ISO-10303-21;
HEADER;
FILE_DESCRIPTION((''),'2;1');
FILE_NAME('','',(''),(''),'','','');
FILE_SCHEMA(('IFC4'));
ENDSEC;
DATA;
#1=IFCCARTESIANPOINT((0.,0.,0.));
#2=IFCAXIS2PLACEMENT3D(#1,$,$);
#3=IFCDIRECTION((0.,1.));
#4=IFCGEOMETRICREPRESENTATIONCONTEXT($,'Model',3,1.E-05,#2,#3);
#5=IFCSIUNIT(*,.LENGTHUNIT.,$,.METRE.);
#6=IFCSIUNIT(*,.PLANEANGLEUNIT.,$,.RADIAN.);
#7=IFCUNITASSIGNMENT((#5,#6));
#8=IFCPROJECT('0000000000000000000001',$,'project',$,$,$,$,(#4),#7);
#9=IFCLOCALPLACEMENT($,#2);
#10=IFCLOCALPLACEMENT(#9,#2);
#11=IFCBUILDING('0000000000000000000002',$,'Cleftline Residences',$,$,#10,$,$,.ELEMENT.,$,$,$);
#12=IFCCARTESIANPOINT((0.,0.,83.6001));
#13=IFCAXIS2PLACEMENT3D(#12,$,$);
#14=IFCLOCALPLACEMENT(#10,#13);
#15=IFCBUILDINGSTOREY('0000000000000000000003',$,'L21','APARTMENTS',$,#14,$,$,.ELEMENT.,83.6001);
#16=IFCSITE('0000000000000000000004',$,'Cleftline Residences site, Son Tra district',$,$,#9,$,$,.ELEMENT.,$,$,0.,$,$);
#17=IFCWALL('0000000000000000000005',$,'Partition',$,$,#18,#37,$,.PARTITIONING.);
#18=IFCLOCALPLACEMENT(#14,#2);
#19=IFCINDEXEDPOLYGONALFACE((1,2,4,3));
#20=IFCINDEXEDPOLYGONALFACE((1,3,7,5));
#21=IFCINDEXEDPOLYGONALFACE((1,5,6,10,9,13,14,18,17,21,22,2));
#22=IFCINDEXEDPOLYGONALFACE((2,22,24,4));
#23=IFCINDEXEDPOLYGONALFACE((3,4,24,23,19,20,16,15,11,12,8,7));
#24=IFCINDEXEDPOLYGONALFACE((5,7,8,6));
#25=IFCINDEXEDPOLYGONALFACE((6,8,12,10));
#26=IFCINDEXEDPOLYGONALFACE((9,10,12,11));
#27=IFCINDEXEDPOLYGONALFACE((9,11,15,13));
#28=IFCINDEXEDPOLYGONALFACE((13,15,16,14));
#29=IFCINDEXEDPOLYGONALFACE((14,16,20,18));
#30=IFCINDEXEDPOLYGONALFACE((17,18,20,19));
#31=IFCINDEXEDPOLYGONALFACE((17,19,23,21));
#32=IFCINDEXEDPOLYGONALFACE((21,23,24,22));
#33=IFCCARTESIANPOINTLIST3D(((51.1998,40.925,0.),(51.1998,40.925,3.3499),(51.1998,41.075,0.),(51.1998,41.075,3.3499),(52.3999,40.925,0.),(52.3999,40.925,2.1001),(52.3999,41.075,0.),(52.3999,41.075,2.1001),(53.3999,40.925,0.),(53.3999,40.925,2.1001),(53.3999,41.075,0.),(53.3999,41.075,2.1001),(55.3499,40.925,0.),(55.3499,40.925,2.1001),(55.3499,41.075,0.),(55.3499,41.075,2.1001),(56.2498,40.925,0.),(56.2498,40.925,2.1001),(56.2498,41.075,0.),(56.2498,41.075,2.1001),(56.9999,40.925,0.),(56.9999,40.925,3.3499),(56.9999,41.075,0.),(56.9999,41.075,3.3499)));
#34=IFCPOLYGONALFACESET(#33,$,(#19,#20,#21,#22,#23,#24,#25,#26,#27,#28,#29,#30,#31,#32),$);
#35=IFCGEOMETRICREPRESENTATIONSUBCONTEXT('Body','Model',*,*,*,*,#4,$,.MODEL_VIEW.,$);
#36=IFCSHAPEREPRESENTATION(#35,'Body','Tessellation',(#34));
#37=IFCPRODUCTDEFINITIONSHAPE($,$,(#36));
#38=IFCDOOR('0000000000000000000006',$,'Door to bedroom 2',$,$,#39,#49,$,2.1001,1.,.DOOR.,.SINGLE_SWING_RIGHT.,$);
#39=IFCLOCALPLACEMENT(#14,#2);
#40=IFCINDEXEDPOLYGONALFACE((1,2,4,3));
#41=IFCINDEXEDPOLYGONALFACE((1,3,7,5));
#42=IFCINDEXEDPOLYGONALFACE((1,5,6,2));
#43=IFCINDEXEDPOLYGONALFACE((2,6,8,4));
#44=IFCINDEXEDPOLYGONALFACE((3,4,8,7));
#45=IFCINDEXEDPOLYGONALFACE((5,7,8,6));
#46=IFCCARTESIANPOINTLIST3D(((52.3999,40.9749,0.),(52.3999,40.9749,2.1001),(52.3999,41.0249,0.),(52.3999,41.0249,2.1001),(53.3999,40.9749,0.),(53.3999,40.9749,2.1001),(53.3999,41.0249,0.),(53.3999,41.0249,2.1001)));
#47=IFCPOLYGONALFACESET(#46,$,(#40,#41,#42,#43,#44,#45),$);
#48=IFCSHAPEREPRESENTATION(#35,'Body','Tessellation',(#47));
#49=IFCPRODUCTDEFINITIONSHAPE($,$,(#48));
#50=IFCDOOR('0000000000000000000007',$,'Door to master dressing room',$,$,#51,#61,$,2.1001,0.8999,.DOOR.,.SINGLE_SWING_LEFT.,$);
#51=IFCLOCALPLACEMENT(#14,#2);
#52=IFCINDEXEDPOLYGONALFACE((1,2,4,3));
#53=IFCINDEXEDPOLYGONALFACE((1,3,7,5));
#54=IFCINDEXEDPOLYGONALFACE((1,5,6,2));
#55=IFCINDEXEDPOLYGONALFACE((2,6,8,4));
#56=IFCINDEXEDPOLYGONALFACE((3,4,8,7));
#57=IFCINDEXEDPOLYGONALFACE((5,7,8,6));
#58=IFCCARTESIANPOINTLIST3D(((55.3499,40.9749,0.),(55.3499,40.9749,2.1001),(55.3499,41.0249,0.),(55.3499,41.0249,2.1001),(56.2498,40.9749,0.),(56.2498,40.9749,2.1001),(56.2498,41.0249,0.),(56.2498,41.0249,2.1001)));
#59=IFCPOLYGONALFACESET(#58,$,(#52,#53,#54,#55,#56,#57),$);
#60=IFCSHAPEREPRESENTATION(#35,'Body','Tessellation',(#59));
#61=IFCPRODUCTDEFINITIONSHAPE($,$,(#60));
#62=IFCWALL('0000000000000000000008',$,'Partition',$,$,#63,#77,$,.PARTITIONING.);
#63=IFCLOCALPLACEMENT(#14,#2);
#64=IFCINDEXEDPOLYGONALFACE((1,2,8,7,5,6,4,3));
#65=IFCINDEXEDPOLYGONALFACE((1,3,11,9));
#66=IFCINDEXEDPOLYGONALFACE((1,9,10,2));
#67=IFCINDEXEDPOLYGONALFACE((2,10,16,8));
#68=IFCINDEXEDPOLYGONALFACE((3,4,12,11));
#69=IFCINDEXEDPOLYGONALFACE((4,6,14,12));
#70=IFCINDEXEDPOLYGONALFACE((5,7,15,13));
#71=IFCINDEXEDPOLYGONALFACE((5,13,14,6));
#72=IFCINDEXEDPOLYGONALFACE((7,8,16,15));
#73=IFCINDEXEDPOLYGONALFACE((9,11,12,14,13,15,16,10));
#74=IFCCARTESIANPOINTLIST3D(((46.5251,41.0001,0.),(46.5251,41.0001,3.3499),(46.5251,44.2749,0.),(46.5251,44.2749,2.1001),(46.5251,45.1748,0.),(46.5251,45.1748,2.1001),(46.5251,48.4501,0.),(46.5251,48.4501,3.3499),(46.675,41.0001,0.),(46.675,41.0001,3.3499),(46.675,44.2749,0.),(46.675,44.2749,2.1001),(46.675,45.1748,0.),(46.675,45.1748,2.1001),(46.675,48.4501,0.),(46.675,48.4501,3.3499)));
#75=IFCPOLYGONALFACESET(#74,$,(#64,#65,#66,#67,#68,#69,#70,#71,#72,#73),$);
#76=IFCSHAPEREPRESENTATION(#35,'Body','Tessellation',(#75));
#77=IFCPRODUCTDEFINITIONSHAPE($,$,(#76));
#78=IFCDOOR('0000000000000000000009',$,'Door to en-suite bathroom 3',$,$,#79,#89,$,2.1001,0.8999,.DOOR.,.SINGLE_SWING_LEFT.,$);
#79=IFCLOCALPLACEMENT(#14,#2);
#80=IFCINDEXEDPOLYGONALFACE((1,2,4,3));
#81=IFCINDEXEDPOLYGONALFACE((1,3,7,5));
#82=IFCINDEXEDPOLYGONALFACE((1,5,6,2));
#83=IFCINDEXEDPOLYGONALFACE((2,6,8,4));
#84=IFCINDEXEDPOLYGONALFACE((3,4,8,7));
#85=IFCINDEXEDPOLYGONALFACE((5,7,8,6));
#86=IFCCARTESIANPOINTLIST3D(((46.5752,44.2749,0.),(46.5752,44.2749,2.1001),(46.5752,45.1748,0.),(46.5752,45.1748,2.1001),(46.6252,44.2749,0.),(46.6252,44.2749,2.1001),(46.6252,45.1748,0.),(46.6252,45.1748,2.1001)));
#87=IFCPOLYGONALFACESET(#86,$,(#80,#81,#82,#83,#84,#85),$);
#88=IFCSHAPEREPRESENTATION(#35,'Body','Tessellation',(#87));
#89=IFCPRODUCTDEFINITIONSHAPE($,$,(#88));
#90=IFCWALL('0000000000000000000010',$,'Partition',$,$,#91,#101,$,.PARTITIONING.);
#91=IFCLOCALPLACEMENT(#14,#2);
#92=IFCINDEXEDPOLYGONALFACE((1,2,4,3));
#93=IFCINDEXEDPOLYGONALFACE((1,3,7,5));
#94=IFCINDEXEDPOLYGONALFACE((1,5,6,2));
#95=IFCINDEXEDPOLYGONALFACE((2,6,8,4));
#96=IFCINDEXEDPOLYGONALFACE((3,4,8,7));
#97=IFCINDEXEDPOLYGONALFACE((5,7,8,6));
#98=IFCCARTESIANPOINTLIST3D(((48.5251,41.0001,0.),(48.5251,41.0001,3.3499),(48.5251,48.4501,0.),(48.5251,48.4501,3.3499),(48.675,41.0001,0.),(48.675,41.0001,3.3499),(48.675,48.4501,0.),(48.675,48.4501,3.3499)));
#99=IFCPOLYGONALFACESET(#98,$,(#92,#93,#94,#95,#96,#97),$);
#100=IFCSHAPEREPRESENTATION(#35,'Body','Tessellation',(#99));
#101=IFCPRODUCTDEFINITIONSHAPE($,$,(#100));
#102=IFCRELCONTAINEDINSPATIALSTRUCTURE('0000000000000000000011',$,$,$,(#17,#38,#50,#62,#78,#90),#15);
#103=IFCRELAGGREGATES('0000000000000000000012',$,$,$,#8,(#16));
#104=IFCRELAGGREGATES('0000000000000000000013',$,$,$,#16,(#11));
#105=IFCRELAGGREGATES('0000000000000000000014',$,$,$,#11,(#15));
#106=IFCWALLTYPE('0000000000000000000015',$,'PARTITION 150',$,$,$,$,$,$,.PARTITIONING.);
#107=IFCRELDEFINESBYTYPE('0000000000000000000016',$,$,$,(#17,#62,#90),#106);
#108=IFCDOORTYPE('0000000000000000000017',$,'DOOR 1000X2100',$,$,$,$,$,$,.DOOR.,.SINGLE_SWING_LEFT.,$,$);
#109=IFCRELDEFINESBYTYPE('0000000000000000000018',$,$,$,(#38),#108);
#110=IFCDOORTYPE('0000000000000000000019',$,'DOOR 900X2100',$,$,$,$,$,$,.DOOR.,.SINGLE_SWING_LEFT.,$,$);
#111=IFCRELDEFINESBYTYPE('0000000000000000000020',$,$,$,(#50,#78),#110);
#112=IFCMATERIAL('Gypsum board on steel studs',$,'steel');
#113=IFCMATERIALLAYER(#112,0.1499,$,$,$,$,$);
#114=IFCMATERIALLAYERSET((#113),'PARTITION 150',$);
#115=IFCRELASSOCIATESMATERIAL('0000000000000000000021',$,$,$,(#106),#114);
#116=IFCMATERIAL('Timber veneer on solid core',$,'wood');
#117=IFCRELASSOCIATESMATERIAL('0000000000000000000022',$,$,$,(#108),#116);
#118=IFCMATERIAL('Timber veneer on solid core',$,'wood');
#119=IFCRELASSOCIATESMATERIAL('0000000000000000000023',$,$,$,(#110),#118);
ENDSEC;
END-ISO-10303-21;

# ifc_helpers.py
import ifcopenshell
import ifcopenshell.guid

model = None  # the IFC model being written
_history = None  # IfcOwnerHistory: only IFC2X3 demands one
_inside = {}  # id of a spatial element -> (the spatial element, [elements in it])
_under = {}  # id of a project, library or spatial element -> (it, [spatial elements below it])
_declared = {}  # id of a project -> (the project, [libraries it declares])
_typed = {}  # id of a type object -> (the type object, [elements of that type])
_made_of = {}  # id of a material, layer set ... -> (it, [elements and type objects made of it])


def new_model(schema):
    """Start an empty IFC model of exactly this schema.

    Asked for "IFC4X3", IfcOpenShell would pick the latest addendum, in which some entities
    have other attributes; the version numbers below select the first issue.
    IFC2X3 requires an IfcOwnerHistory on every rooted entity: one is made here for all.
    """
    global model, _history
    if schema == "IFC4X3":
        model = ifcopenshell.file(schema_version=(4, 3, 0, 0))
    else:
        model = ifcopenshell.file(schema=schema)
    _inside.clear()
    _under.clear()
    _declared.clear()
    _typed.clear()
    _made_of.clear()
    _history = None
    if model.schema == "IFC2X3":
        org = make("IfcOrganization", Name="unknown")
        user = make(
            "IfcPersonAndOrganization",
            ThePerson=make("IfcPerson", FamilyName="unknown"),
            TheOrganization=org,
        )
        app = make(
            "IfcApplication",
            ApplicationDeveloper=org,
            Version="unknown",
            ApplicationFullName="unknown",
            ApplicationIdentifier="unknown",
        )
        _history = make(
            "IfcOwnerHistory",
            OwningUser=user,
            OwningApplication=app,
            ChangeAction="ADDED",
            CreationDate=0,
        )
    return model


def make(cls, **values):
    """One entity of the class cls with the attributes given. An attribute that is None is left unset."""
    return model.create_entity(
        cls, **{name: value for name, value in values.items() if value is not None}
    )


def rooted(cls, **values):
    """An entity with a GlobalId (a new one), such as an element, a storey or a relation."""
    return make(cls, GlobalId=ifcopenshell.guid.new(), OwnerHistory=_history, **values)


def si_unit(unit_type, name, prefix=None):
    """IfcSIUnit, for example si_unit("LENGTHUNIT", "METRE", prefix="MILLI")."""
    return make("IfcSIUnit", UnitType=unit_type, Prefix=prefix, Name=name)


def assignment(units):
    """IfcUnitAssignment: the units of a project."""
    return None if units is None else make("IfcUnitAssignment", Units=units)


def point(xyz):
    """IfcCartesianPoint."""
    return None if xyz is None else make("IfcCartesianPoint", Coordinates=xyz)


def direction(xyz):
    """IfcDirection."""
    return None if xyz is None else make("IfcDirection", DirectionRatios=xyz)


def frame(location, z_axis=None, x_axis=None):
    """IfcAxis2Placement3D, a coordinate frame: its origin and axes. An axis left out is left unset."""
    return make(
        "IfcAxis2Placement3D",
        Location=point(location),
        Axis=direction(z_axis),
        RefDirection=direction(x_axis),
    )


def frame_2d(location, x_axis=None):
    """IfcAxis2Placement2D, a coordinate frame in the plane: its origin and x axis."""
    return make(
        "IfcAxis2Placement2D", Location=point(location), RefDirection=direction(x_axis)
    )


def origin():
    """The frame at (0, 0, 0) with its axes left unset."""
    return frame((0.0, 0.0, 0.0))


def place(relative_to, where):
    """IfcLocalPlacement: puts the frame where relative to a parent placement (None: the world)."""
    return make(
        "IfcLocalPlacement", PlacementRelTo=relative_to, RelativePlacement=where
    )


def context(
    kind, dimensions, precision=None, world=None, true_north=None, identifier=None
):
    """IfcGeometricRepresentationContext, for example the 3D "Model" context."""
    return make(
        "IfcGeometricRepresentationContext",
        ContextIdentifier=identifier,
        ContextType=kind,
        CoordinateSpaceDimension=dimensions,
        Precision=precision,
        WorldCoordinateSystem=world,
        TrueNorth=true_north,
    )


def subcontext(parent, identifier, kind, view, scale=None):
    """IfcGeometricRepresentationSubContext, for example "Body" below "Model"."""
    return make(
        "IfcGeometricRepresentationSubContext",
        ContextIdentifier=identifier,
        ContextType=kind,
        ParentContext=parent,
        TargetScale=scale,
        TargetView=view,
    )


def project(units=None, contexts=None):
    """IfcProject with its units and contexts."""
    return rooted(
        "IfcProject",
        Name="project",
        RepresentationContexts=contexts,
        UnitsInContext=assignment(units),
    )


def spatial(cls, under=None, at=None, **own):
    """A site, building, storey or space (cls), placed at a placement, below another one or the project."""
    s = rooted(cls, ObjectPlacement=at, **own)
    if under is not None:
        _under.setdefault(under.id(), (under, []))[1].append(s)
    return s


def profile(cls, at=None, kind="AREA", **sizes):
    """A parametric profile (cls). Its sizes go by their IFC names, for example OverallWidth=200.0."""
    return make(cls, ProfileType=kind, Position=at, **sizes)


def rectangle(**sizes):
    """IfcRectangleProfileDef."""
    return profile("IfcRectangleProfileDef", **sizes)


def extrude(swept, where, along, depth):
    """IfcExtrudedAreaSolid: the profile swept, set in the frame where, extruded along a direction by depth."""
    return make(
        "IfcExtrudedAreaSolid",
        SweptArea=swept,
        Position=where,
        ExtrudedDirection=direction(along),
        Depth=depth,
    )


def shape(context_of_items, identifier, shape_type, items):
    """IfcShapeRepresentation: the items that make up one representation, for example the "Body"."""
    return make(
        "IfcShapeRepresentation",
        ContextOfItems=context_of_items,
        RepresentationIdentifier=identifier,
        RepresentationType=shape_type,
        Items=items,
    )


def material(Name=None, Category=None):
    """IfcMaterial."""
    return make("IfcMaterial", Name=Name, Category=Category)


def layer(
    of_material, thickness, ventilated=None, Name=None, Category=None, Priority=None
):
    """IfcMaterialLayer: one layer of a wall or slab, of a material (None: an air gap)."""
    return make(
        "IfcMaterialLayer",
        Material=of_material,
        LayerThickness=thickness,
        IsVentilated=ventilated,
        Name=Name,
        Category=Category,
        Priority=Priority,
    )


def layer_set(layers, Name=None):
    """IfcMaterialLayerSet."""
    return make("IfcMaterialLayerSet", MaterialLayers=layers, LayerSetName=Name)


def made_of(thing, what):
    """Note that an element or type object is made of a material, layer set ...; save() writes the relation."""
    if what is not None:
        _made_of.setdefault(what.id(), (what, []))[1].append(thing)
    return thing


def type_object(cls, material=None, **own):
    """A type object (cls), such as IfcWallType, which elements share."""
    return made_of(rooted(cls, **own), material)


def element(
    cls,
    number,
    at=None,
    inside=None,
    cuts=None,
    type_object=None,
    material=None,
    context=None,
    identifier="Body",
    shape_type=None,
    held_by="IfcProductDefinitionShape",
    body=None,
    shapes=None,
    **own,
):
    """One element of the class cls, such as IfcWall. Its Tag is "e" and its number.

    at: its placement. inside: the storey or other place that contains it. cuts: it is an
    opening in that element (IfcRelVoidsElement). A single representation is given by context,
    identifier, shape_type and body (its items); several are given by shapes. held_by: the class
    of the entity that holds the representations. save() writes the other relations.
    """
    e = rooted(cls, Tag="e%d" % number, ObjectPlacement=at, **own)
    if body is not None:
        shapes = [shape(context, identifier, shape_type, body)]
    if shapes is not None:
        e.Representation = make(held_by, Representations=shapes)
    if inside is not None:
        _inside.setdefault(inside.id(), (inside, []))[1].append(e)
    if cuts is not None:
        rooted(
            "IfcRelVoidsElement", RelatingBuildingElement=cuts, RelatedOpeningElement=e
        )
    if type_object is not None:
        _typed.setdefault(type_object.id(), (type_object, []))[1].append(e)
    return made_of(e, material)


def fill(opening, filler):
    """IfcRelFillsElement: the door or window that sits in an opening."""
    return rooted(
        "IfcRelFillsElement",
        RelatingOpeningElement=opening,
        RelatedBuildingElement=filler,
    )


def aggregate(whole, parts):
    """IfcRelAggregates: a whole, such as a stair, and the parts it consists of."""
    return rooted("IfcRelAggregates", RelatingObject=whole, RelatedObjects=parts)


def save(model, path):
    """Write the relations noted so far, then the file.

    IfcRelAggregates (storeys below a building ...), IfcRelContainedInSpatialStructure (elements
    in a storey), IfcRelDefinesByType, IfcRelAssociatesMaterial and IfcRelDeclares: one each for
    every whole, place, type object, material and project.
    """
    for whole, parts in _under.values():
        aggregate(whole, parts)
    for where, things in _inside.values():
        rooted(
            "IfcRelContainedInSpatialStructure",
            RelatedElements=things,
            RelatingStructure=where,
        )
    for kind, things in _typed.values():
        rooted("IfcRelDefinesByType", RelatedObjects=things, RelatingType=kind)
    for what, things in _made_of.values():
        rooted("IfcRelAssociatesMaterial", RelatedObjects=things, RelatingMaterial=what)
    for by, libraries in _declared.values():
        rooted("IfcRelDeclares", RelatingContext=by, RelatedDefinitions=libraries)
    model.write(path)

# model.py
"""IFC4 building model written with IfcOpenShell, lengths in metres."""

from ifc_helpers import new_model, si_unit, direction, frame, frame_2d, origin, place, context, subcontext, project, spatial, rectangle, extrude, material, layer, layer_set, type_object, element, fill, save


model = new_model("IFC4")

# Units and contexts
model_context = context("Model", 3, precision=1e-05, world=origin(), true_north=direction((0.0, 1.0)))
body_context = subcontext(model_context, "Body", "Model", "MODEL_VIEW")
ifc_project = project(units=[si_unit("LENGTHUNIT", "METRE"), si_unit("PLANEANGLEUNIT", "RADIAN")], contexts=[model_context])

# Site, building, storey
site_placement = place(None, origin())
site = spatial("IfcSite", under=ifc_project, at=site_placement, Name="Cleftline Residences site, Son Tra district", CompositionType="ELEMENT", RefElevation=0.0)
building_placement = place(site_placement, origin())
building = spatial("IfcBuilding", under=site, at=building_placement, Name="Cleftline Residences", CompositionType="ELEMENT")
storey_placement = place(building_placement, frame((0.0, 0.0, 83.6001)))
storey = spatial("IfcBuildingStorey", under=building, at=storey_placement, Name="L21", Description="APARTMENTS", CompositionType="ELEMENT", Elevation=83.6001)

# Shared definitions
ifc_material_1 = material(Name="Gypsum board on steel studs", Category="steel")
ifc_layer_1 = layer(ifc_material_1, 0.1499)
ifc_layer_set_1 = layer_set([ifc_layer_1], Name="PARTITION 150")
wall_type = type_object("IfcWallType", Name="PARTITION 150", PredefinedType="PARTITIONING", material=ifc_layer_set_1)
ifc_material_2 = material(Name="Timber veneer on solid core", Category="wood")
door_type_1 = type_object("IfcDoorType", Name="DOOR 1000X2100", OperationType="SINGLE_SWING_LEFT", PredefinedType="DOOR", material=ifc_material_2)
ifc_material_3 = material(Name="Timber veneer on solid core", Category="wood")
door_type_2 = type_object("IfcDoorType", Name="DOOR 900X2100", OperationType="SINGLE_SWING_LEFT", PredefinedType="DOOR", material=ifc_material_3)

# Wall, openings, doors
wall_1_placement = place(storey_placement, frame((51.2, 41.0, 0.0), z_axis=(0.0, 0.0, 1.0), x_axis=(1.0, 0.0, 0.0)))
wall_1 = element("IfcWall", 1, at=wall_1_placement, inside=storey, type_object=wall_type, Name="Partition", PredefinedType="PARTITIONING", context=body_context, shape_type="SweptSolid", body=[
    extrude(rectangle(XDim=5.8, YDim=0.1499, at=frame_2d((2.8999, 0.0))), origin(), (0.0, 0.0, 1.0), 3.3499),
])
opening_1_placement = place(wall_1_placement, frame((4.1499, 0.0, 0.0)))
opening_1 = element("IfcOpeningElement", 2, at=opening_1_placement, cuts=wall_1, PredefinedType="OPENING", context=body_context, shape_type="SweptSolid", body=[
    extrude(rectangle(XDim=0.8999, YDim=2.1001, at=frame_2d((0.45, 1.05))), frame((0.0, 0.085, 0.0), z_axis=(0.0, -1.0, 0.0), x_axis=(1.0, 0.0, 0.0)), (0.0, 0.0, 1.0), 0.1699),
])
opening_2_placement = place(wall_1_placement, frame((1.2, 0.0, 0.0)))
opening_2 = element("IfcOpeningElement", 3, at=opening_2_placement, cuts=wall_1, PredefinedType="OPENING", context=body_context, shape_type="SweptSolid", body=[
    extrude(rectangle(XDim=1.0, YDim=2.1001, at=frame_2d((0.5, 1.05))), frame((0.0, 0.085, 0.0), z_axis=(0.0, -1.0, 0.0), x_axis=(1.0, 0.0, 0.0)), (0.0, 0.0, 1.0), 0.1699),
])
door_1_placement = place(opening_2_placement, origin())
door_1 = element("IfcDoor", 4, at=door_1_placement, inside=storey, type_object=door_type_1, Name="Door to bedroom 2", OperationType="SINGLE_SWING_RIGHT", OverallHeight=2.1001, OverallWidth=1.0, PredefinedType="DOOR", context=body_context, shape_type="SweptSolid", body=[
    extrude(rectangle(XDim=1.0, YDim=2.1001, at=frame_2d((0.5, 1.05))), frame((0.0, 0.0249, 0.0), z_axis=(0.0, -1.0, 0.0), x_axis=(1.0, 0.0, 0.0)), (0.0, 0.0, 1.0), 0.05),
])
fill(opening_2, door_1)
door_2_placement = place(opening_1_placement, origin())
door_2 = element("IfcDoor", 5, at=door_2_placement, inside=storey, type_object=door_type_2, Name="Door to master dressing room", OperationType="SINGLE_SWING_LEFT", OverallHeight=2.1001, OverallWidth=0.8999, PredefinedType="DOOR", context=body_context, shape_type="SweptSolid", body=[
    extrude(rectangle(XDim=0.8999, YDim=2.1001, at=frame_2d((0.45, 1.05))), frame((0.0, 0.0249, 0.0), z_axis=(0.0, -1.0, 0.0), x_axis=(1.0, 0.0, 0.0)), (0.0, 0.0, 1.0), 0.05),
])
fill(opening_1, door_2)

# Wall, opening, door
wall_2_placement = place(storey_placement, frame((46.6001, 41.0, 0.0), z_axis=(0.0, 0.0, 1.0), x_axis=(0.0, 1.0, 0.0)))
wall_2 = element("IfcWall", 6, at=wall_2_placement, inside=storey, type_object=wall_type, Name="Partition", PredefinedType="PARTITIONING", context=body_context, shape_type="SweptSolid", body=[
    extrude(rectangle(XDim=7.45, YDim=0.1499, at=frame_2d((3.7251, 0.0))), origin(), (0.0, 0.0, 1.0), 3.3499),
])
opening_3_placement = place(wall_2_placement, frame((3.2749, 0.0, 0.0)))
opening_3 = element("IfcOpeningElement", 7, at=opening_3_placement, cuts=wall_2, PredefinedType="OPENING", context=body_context, shape_type="SweptSolid", body=[
    extrude(rectangle(XDim=0.8999, YDim=2.1001, at=frame_2d((0.45, 1.05))), frame((0.0, 0.085, 0.0), z_axis=(0.0, -1.0, 0.0), x_axis=(1.0, 0.0, 0.0)), (0.0, 0.0, 1.0), 0.1699),
])
door_3_placement = place(opening_3_placement, origin())
door_3 = element("IfcDoor", 8, at=door_3_placement, inside=storey, type_object=door_type_2, Name="Door to en-suite bathroom 3", OperationType="SINGLE_SWING_LEFT", OverallHeight=2.1001, OverallWidth=0.8999, PredefinedType="DOOR", context=body_context, shape_type="SweptSolid", body=[
    extrude(rectangle(XDim=0.8999, YDim=2.1001, at=frame_2d((0.45, 1.05))), frame((0.0, 0.0249, 0.0), z_axis=(0.0, -1.0, 0.0), x_axis=(1.0, 0.0, 0.0)), (0.0, 0.0, 1.0), 0.05),
])
fill(opening_3, door_3)

# Wall
wall_3_placement = place(storey_placement, frame((48.6001, 41.0, 0.0), z_axis=(0.0, 0.0, 1.0), x_axis=(0.0, 1.0, 0.0)))
element("IfcWall", 9, at=wall_3_placement, inside=storey, type_object=wall_type, Name="Partition", PredefinedType="PARTITIONING", context=body_context, shape_type="SweptSolid", body=[
    extrude(rectangle(XDim=7.45, YDim=0.1499, at=frame_2d((3.7251, 0.0))), origin(), (0.0, 0.0, 1.0), 3.3499),
])

save(model, "model.ifc")
